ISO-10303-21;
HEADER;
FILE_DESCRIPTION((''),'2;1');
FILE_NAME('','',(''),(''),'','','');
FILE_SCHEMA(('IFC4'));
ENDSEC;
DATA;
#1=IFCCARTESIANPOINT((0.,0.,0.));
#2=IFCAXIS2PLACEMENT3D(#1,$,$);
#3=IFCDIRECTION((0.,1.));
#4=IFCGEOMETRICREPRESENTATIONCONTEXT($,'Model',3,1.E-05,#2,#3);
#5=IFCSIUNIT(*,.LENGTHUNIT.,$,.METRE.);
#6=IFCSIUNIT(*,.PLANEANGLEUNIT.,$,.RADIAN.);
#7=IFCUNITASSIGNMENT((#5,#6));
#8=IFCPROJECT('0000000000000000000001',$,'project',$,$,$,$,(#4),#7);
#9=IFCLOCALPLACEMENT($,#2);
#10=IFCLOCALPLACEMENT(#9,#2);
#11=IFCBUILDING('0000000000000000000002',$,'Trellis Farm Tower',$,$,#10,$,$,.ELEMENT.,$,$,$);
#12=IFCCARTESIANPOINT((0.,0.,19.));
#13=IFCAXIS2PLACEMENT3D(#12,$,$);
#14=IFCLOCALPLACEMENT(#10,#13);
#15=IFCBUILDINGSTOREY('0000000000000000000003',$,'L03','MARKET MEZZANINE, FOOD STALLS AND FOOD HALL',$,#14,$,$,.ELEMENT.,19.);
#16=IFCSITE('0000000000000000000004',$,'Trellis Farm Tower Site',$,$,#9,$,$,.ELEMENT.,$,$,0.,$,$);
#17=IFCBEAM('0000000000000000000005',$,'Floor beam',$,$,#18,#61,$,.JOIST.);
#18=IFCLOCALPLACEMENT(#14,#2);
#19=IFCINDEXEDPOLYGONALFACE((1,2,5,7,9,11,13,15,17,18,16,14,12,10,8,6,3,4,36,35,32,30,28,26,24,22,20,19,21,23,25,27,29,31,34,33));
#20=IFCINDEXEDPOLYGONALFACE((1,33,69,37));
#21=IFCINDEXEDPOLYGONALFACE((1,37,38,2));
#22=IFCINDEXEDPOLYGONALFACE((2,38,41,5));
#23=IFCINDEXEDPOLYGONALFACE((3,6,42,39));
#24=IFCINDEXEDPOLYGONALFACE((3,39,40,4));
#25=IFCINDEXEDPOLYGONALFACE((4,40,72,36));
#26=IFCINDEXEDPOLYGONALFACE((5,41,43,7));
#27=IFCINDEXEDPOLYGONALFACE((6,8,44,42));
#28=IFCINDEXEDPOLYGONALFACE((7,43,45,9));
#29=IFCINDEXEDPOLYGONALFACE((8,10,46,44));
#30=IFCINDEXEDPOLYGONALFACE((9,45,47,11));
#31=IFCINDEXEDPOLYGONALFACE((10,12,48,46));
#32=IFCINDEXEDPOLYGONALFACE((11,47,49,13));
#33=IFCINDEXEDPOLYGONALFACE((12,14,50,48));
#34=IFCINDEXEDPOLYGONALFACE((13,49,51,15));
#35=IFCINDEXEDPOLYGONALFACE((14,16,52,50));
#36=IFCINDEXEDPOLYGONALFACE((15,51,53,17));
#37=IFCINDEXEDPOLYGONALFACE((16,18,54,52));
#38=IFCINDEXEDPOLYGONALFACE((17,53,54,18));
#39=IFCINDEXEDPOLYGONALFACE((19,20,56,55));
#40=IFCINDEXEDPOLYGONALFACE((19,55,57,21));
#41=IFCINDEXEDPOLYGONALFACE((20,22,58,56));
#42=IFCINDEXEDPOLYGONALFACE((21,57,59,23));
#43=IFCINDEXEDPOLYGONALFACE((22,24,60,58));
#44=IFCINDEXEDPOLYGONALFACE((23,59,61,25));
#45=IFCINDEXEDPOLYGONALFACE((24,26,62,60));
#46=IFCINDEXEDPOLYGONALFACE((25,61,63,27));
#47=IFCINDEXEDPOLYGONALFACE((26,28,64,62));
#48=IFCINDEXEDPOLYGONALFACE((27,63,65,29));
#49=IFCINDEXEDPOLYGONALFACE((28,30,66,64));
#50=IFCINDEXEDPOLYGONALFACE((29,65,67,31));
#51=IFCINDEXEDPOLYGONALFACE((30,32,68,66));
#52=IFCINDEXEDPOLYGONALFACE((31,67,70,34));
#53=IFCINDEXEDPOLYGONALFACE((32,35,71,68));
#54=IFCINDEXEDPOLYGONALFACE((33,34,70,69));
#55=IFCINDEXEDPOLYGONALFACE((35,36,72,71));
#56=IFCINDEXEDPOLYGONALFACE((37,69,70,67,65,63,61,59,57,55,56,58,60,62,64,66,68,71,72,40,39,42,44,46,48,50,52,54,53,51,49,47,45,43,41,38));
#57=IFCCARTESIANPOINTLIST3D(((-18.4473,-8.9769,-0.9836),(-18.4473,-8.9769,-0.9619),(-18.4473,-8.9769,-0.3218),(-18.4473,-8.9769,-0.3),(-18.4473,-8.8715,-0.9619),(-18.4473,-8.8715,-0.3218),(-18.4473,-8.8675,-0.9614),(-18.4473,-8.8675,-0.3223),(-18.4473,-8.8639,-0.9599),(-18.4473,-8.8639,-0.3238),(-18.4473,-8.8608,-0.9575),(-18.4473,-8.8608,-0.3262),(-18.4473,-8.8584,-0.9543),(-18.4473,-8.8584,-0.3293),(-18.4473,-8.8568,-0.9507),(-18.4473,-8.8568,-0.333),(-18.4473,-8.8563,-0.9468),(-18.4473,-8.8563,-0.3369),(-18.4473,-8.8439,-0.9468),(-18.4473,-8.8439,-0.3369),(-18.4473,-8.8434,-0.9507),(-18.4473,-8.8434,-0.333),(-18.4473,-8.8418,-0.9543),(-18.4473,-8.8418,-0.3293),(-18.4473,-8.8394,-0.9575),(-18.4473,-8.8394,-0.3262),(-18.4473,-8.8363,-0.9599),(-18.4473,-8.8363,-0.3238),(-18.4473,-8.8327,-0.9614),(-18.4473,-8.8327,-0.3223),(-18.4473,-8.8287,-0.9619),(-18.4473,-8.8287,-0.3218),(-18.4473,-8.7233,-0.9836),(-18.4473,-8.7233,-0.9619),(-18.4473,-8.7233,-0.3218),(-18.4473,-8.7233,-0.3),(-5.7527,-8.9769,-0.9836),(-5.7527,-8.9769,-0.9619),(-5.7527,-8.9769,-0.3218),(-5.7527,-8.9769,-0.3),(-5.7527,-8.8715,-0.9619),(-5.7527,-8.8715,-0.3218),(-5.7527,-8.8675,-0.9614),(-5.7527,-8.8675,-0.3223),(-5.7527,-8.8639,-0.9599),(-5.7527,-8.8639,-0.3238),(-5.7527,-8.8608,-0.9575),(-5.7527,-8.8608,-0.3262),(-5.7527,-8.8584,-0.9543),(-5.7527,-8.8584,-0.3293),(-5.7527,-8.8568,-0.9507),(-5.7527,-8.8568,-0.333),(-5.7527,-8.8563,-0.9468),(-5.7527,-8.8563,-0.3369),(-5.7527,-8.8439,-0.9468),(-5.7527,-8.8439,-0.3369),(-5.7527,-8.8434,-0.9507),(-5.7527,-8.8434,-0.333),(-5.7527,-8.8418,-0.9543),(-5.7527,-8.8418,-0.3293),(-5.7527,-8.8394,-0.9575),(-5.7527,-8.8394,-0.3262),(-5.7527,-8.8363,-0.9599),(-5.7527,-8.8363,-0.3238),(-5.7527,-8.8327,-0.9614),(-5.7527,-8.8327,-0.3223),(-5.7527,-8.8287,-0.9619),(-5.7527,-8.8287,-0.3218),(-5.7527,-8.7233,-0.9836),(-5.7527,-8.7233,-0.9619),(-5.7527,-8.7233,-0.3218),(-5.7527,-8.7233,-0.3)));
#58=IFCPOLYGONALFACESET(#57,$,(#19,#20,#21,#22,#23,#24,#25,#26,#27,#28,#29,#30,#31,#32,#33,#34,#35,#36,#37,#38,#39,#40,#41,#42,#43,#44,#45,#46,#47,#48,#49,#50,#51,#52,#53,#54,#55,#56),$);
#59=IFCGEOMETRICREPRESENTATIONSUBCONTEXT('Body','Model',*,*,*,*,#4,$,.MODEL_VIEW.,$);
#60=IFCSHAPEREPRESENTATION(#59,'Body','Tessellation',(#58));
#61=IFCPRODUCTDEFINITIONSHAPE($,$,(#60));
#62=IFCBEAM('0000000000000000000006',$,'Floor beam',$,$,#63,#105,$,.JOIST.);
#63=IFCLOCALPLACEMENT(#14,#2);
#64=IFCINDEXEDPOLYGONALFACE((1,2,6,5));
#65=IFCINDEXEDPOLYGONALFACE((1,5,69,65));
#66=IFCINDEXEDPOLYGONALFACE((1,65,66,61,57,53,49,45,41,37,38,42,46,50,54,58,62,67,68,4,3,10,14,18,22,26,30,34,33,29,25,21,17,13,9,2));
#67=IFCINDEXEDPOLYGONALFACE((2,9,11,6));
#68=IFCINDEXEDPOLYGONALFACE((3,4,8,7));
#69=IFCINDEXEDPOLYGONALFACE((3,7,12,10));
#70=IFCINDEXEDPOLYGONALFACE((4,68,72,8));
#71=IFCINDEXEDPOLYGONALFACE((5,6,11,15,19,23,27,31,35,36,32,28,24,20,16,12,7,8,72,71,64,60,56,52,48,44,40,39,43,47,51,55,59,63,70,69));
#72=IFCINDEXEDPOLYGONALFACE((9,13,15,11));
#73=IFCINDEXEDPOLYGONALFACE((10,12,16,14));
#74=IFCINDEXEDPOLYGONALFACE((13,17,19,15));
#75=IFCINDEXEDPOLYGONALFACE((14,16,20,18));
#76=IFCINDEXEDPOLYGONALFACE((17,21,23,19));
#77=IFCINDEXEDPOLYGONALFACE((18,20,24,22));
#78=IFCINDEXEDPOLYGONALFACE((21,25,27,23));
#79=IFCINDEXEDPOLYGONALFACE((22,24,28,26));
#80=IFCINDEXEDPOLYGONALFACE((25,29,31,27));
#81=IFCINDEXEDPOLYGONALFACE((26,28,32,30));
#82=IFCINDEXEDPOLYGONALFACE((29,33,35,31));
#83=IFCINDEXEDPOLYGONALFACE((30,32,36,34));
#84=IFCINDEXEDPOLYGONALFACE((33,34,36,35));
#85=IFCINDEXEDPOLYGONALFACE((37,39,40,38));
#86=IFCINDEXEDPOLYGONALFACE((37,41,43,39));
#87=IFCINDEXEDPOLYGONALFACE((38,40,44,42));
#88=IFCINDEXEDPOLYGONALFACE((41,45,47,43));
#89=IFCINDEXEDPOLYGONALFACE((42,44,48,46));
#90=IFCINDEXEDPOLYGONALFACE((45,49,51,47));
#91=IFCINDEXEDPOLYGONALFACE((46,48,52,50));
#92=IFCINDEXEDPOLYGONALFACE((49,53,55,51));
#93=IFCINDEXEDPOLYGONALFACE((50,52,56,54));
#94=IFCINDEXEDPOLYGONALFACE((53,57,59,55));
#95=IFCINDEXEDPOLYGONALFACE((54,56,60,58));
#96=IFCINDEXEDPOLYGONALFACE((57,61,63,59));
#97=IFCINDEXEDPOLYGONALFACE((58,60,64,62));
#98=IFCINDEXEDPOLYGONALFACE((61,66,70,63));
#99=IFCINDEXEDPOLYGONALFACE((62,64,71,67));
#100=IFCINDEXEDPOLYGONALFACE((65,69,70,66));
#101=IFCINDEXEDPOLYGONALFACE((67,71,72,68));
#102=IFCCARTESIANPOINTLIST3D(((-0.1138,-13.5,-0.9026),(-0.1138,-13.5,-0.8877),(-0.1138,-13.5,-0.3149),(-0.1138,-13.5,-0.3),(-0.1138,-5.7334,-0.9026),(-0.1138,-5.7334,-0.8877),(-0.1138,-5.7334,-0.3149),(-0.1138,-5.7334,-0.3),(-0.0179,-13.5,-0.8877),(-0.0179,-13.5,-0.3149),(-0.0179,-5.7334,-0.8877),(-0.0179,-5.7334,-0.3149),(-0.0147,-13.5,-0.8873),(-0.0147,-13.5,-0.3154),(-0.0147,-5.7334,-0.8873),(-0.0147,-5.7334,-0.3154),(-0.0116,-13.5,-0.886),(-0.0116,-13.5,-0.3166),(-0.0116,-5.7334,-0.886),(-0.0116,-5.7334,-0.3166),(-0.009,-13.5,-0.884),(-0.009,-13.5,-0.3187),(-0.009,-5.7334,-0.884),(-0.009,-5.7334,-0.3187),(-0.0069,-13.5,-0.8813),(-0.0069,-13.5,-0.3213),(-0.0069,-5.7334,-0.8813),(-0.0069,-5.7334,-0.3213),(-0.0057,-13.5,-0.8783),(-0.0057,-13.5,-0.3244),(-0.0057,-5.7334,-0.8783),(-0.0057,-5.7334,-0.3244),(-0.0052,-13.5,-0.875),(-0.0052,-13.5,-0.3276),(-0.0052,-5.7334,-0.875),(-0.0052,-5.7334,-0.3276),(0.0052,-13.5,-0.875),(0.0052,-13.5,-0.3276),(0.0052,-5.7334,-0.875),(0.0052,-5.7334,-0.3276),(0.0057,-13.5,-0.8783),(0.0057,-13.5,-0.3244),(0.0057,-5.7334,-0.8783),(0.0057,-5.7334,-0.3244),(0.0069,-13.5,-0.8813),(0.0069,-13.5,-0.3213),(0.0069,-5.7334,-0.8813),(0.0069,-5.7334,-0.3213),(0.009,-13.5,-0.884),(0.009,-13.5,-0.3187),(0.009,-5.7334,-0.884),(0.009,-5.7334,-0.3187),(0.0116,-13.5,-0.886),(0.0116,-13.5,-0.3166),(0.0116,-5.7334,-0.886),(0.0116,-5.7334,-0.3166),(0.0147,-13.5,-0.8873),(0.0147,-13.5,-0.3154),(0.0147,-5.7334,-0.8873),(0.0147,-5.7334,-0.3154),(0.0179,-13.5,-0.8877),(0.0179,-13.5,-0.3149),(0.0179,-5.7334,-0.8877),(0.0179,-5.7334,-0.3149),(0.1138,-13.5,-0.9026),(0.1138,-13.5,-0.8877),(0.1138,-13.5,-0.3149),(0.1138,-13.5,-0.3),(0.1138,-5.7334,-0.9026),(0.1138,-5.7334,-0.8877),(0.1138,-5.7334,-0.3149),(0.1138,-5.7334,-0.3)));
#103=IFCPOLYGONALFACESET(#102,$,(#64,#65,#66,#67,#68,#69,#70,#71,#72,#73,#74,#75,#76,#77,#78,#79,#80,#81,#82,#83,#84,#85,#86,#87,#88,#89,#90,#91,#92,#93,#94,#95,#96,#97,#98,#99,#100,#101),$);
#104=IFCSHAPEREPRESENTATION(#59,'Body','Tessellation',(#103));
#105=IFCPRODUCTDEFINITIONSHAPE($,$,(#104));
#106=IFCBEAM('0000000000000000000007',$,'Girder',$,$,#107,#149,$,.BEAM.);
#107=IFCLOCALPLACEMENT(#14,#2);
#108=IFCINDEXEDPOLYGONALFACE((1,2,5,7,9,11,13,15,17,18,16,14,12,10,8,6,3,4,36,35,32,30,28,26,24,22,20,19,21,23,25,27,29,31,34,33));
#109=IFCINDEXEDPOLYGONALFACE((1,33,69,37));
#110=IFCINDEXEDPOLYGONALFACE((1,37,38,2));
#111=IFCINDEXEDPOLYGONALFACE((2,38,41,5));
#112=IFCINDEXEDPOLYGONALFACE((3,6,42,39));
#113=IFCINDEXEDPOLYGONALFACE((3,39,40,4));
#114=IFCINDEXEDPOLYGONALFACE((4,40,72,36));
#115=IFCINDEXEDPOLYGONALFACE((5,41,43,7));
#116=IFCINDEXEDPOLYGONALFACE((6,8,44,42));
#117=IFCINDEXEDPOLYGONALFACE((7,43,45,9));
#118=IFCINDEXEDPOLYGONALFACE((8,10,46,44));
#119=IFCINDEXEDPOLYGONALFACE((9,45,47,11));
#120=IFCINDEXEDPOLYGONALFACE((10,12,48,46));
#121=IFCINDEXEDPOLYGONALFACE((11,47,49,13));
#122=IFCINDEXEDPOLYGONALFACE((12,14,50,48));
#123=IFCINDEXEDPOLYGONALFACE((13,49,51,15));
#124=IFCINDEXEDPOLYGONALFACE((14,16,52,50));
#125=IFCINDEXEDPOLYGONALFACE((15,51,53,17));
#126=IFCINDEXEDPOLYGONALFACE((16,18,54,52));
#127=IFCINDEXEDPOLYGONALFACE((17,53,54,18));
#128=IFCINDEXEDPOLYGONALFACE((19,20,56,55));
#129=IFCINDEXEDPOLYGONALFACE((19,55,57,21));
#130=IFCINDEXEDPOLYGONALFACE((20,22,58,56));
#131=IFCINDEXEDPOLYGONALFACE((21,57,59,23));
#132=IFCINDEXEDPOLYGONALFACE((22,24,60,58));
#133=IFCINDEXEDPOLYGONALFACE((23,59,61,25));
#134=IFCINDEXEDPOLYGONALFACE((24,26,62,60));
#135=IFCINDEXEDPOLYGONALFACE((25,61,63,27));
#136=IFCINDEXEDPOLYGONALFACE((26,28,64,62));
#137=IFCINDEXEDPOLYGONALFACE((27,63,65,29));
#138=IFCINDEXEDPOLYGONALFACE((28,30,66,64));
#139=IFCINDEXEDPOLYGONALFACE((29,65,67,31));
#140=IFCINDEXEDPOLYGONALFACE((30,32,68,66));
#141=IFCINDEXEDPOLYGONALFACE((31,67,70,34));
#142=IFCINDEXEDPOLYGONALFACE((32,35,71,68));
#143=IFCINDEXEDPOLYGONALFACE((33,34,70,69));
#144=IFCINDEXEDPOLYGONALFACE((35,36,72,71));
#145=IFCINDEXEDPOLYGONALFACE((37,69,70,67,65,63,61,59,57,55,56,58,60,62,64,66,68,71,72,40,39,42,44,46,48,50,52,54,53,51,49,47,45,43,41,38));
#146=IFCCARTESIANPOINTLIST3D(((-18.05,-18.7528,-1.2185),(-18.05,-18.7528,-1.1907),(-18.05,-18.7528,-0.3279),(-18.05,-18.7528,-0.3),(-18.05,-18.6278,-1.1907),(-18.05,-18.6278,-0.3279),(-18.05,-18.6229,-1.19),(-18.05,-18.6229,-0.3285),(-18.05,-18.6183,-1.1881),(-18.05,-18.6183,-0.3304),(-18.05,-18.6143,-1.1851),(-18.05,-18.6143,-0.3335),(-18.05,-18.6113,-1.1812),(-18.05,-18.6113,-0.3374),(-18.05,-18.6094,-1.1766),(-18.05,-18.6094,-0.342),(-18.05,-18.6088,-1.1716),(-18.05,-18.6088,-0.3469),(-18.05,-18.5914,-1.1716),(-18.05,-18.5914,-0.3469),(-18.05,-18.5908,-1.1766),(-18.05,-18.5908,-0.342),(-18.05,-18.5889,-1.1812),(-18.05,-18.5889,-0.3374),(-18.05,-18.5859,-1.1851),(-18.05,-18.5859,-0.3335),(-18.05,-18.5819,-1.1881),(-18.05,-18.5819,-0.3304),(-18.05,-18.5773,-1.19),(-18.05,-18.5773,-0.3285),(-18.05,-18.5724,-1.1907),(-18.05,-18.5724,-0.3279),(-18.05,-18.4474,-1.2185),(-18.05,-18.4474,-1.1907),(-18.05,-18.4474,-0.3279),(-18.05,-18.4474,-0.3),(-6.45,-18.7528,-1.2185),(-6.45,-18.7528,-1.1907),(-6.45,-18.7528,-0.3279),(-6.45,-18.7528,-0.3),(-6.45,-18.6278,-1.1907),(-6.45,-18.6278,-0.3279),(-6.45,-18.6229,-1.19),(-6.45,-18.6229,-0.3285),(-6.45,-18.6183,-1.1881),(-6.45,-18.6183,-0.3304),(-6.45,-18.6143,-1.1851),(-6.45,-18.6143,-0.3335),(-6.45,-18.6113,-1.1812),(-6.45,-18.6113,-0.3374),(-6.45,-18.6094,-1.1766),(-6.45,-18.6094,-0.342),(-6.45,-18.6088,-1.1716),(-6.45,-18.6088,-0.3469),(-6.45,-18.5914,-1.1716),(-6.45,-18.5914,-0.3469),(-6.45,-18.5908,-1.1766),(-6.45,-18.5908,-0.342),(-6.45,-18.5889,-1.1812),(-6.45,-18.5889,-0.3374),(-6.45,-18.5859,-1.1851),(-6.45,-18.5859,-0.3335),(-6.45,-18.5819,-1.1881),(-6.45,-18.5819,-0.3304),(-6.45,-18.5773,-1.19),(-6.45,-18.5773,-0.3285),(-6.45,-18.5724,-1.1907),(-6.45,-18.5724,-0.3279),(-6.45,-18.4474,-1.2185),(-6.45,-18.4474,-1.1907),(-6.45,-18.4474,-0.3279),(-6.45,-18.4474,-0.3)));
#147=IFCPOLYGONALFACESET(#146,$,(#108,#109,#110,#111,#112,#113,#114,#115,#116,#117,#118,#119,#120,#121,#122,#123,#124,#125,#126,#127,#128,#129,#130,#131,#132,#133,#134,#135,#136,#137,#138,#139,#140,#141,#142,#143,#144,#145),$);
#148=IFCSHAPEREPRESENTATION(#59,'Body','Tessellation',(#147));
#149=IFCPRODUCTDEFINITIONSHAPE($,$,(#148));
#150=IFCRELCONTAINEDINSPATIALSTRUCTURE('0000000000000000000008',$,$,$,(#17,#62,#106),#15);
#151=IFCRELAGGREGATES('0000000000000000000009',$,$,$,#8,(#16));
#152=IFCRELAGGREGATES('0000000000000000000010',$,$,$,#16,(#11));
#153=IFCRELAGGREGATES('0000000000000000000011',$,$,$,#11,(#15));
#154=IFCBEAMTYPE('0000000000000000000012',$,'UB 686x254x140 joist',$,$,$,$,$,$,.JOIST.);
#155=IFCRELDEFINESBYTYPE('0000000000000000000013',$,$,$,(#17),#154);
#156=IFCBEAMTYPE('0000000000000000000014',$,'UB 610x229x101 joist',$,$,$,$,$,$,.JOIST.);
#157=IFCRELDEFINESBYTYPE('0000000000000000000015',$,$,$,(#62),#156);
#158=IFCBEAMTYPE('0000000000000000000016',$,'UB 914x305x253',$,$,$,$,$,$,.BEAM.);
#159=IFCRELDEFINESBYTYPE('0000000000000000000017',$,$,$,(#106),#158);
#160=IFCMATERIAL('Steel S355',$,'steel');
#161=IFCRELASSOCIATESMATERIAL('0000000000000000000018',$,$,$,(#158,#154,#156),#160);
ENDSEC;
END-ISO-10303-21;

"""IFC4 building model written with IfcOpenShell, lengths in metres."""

from ifc_helpers import new_model, si_unit, direction, frame, origin, origin_2d, place, context, subcontext, project, spatial, i_section, extrude, source, transform, mapped, material, material_profile, profile_set, type_object, element, save


model = new_model("IFC4")

# Units and contexts
model_context = context("Model", 3, precision=1e-05, world=origin(), true_north=direction((0.0, 1.0)))
body_context = subcontext(model_context, "Body", "Model", "MODEL_VIEW")
ifc_project = project(units=[si_unit("LENGTHUNIT", "METRE"), si_unit("PLANEANGLEUNIT", "RADIAN")], contexts=[model_context])

# Site, building, storey
site_placement = place(None, origin())
site = spatial("IfcSite", under=ifc_project, at=site_placement, Name="Trellis Farm Tower Site", CompositionType="ELEMENT", RefElevation=0.0)
building_placement = place(site_placement, origin())
building = spatial("IfcBuilding", under=site, at=building_placement, Name="Trellis Farm Tower", CompositionType="ELEMENT")
storey_placement = place(building_placement, frame((0.0, 0.0, 19.0)))
storey = spatial("IfcBuildingStorey", under=building, at=storey_placement, Name="L03", Description="MARKET MEZZANINE, FOOD STALLS AND FOOD HALL", CompositionType="ELEMENT", Elevation=19.0)

# Beams
ifc_material_1 = material(Name="Steel S355", Category="steel")
ifc_material_profile_1 = material_profile(ifc_material_1, i_section(OverallWidth=0.3054, OverallDepth=0.9185, WebThickness=0.0173, FlangeThickness=0.0278, FilletRadius=0.019, at=origin_2d()), Name="UB 914x305x253")
ifc_profile_set_1 = profile_set([ifc_material_profile_1], Name="Steel S355")
beam_type_1 = type_object("IfcBeamType", Name="UB 914x305x253", PredefinedType="BEAM", material=ifc_profile_set_1)
ifc_material_profile_2 = material_profile(ifc_material_1, i_section(OverallWidth=0.2537, OverallDepth=0.6836, WebThickness=0.0125, FlangeThickness=0.0217, FilletRadius=0.0151, at=origin_2d()), Name="UB 686x254x140")
ifc_profile_set_2 = profile_set([ifc_material_profile_2], Name="Steel S355")
beam_type_2 = type_object("IfcBeamType", Name="UB 686x254x140 joist", PredefinedType="JOIST", material=ifc_profile_set_2)
shared_shape_1 = source(origin(), body_context, "Body", "SweptSolid", [
    extrude(i_section(OverallWidth=0.2537, OverallDepth=0.6836, WebThickness=0.0125, FlangeThickness=0.0217, FilletRadius=0.0151, at=origin_2d()), origin(), (0.0, 0.0, 1.0), 12.6946),
])
for number, where, z_axis, x_axis, name in (
    (1, (-18.4473, -8.8501, -0.6418), (1.0, 0.0, 0.0), (0.0, 1.0, 0.0), "Floor beam"),
):
    element("IfcBeam", number, at=place(storey_placement, frame(where, z_axis=z_axis, x_axis=x_axis)), inside=storey, type_object=beam_type_2, Name=name, PredefinedType="JOIST", context=body_context, shape_type="MappedRepresentation", body=[
        mapped(shared_shape_1, transform((0.0, 0.0, 0.0))),
    ])
ifc_material_profile_3 = material_profile(ifc_material_1, i_section(OverallWidth=0.2275, OverallDepth=0.6025, WebThickness=0.0105, FlangeThickness=0.0149, FilletRadius=0.0127, at=origin_2d()), Name="UB 610x229x101")
ifc_profile_set_3 = profile_set([ifc_material_profile_3], Name="Steel S355")
beam_type_3 = type_object("IfcBeamType", Name="UB 610x229x101 joist", PredefinedType="JOIST", material=ifc_profile_set_3)
shared_shape_2 = source(origin(), body_context, "Body", "SweptSolid", [
    extrude(i_section(OverallWidth=0.2275, OverallDepth=0.6025, WebThickness=0.0105, FlangeThickness=0.0149, FilletRadius=0.0127, at=origin_2d()), origin(), (0.0, 0.0, 1.0), 7.7666),
])
beam_1_placement = place(storey_placement, frame((0.0, -13.5, -0.6013), z_axis=(0.0, 1.0, 0.0), x_axis=(-1.0, 0.0, 0.0)))
element("IfcBeam", 2, at=beam_1_placement, inside=storey, type_object=beam_type_3, Name="Floor beam", PredefinedType="JOIST", context=body_context, shape_type="MappedRepresentation", body=[
    mapped(shared_shape_2, transform((0.0, 0.0, 0.0))),
])
shared_shape_3 = source(origin(), body_context, "Body", "SweptSolid", [
    extrude(i_section(OverallWidth=0.3054, OverallDepth=0.9185, WebThickness=0.0173, FlangeThickness=0.0278, FilletRadius=0.019, at=origin_2d()), origin(), (0.0, 0.0, 1.0), 11.6001),
])
beam_2_placement = place(storey_placement, frame((-18.05, -18.6001, -0.7593), z_axis=(1.0, 0.0, 0.0), x_axis=(0.0, 1.0, 0.0)))
element("IfcBeam", 3, at=beam_2_placement, inside=storey, type_object=beam_type_1, Name="Girder", PredefinedType="BEAM", context=body_context, shape_type="MappedRepresentation", body=[
    mapped(shared_shape_3, transform((0.0, 0.0, 0.0))),
])

save(model, "model.ifc")
